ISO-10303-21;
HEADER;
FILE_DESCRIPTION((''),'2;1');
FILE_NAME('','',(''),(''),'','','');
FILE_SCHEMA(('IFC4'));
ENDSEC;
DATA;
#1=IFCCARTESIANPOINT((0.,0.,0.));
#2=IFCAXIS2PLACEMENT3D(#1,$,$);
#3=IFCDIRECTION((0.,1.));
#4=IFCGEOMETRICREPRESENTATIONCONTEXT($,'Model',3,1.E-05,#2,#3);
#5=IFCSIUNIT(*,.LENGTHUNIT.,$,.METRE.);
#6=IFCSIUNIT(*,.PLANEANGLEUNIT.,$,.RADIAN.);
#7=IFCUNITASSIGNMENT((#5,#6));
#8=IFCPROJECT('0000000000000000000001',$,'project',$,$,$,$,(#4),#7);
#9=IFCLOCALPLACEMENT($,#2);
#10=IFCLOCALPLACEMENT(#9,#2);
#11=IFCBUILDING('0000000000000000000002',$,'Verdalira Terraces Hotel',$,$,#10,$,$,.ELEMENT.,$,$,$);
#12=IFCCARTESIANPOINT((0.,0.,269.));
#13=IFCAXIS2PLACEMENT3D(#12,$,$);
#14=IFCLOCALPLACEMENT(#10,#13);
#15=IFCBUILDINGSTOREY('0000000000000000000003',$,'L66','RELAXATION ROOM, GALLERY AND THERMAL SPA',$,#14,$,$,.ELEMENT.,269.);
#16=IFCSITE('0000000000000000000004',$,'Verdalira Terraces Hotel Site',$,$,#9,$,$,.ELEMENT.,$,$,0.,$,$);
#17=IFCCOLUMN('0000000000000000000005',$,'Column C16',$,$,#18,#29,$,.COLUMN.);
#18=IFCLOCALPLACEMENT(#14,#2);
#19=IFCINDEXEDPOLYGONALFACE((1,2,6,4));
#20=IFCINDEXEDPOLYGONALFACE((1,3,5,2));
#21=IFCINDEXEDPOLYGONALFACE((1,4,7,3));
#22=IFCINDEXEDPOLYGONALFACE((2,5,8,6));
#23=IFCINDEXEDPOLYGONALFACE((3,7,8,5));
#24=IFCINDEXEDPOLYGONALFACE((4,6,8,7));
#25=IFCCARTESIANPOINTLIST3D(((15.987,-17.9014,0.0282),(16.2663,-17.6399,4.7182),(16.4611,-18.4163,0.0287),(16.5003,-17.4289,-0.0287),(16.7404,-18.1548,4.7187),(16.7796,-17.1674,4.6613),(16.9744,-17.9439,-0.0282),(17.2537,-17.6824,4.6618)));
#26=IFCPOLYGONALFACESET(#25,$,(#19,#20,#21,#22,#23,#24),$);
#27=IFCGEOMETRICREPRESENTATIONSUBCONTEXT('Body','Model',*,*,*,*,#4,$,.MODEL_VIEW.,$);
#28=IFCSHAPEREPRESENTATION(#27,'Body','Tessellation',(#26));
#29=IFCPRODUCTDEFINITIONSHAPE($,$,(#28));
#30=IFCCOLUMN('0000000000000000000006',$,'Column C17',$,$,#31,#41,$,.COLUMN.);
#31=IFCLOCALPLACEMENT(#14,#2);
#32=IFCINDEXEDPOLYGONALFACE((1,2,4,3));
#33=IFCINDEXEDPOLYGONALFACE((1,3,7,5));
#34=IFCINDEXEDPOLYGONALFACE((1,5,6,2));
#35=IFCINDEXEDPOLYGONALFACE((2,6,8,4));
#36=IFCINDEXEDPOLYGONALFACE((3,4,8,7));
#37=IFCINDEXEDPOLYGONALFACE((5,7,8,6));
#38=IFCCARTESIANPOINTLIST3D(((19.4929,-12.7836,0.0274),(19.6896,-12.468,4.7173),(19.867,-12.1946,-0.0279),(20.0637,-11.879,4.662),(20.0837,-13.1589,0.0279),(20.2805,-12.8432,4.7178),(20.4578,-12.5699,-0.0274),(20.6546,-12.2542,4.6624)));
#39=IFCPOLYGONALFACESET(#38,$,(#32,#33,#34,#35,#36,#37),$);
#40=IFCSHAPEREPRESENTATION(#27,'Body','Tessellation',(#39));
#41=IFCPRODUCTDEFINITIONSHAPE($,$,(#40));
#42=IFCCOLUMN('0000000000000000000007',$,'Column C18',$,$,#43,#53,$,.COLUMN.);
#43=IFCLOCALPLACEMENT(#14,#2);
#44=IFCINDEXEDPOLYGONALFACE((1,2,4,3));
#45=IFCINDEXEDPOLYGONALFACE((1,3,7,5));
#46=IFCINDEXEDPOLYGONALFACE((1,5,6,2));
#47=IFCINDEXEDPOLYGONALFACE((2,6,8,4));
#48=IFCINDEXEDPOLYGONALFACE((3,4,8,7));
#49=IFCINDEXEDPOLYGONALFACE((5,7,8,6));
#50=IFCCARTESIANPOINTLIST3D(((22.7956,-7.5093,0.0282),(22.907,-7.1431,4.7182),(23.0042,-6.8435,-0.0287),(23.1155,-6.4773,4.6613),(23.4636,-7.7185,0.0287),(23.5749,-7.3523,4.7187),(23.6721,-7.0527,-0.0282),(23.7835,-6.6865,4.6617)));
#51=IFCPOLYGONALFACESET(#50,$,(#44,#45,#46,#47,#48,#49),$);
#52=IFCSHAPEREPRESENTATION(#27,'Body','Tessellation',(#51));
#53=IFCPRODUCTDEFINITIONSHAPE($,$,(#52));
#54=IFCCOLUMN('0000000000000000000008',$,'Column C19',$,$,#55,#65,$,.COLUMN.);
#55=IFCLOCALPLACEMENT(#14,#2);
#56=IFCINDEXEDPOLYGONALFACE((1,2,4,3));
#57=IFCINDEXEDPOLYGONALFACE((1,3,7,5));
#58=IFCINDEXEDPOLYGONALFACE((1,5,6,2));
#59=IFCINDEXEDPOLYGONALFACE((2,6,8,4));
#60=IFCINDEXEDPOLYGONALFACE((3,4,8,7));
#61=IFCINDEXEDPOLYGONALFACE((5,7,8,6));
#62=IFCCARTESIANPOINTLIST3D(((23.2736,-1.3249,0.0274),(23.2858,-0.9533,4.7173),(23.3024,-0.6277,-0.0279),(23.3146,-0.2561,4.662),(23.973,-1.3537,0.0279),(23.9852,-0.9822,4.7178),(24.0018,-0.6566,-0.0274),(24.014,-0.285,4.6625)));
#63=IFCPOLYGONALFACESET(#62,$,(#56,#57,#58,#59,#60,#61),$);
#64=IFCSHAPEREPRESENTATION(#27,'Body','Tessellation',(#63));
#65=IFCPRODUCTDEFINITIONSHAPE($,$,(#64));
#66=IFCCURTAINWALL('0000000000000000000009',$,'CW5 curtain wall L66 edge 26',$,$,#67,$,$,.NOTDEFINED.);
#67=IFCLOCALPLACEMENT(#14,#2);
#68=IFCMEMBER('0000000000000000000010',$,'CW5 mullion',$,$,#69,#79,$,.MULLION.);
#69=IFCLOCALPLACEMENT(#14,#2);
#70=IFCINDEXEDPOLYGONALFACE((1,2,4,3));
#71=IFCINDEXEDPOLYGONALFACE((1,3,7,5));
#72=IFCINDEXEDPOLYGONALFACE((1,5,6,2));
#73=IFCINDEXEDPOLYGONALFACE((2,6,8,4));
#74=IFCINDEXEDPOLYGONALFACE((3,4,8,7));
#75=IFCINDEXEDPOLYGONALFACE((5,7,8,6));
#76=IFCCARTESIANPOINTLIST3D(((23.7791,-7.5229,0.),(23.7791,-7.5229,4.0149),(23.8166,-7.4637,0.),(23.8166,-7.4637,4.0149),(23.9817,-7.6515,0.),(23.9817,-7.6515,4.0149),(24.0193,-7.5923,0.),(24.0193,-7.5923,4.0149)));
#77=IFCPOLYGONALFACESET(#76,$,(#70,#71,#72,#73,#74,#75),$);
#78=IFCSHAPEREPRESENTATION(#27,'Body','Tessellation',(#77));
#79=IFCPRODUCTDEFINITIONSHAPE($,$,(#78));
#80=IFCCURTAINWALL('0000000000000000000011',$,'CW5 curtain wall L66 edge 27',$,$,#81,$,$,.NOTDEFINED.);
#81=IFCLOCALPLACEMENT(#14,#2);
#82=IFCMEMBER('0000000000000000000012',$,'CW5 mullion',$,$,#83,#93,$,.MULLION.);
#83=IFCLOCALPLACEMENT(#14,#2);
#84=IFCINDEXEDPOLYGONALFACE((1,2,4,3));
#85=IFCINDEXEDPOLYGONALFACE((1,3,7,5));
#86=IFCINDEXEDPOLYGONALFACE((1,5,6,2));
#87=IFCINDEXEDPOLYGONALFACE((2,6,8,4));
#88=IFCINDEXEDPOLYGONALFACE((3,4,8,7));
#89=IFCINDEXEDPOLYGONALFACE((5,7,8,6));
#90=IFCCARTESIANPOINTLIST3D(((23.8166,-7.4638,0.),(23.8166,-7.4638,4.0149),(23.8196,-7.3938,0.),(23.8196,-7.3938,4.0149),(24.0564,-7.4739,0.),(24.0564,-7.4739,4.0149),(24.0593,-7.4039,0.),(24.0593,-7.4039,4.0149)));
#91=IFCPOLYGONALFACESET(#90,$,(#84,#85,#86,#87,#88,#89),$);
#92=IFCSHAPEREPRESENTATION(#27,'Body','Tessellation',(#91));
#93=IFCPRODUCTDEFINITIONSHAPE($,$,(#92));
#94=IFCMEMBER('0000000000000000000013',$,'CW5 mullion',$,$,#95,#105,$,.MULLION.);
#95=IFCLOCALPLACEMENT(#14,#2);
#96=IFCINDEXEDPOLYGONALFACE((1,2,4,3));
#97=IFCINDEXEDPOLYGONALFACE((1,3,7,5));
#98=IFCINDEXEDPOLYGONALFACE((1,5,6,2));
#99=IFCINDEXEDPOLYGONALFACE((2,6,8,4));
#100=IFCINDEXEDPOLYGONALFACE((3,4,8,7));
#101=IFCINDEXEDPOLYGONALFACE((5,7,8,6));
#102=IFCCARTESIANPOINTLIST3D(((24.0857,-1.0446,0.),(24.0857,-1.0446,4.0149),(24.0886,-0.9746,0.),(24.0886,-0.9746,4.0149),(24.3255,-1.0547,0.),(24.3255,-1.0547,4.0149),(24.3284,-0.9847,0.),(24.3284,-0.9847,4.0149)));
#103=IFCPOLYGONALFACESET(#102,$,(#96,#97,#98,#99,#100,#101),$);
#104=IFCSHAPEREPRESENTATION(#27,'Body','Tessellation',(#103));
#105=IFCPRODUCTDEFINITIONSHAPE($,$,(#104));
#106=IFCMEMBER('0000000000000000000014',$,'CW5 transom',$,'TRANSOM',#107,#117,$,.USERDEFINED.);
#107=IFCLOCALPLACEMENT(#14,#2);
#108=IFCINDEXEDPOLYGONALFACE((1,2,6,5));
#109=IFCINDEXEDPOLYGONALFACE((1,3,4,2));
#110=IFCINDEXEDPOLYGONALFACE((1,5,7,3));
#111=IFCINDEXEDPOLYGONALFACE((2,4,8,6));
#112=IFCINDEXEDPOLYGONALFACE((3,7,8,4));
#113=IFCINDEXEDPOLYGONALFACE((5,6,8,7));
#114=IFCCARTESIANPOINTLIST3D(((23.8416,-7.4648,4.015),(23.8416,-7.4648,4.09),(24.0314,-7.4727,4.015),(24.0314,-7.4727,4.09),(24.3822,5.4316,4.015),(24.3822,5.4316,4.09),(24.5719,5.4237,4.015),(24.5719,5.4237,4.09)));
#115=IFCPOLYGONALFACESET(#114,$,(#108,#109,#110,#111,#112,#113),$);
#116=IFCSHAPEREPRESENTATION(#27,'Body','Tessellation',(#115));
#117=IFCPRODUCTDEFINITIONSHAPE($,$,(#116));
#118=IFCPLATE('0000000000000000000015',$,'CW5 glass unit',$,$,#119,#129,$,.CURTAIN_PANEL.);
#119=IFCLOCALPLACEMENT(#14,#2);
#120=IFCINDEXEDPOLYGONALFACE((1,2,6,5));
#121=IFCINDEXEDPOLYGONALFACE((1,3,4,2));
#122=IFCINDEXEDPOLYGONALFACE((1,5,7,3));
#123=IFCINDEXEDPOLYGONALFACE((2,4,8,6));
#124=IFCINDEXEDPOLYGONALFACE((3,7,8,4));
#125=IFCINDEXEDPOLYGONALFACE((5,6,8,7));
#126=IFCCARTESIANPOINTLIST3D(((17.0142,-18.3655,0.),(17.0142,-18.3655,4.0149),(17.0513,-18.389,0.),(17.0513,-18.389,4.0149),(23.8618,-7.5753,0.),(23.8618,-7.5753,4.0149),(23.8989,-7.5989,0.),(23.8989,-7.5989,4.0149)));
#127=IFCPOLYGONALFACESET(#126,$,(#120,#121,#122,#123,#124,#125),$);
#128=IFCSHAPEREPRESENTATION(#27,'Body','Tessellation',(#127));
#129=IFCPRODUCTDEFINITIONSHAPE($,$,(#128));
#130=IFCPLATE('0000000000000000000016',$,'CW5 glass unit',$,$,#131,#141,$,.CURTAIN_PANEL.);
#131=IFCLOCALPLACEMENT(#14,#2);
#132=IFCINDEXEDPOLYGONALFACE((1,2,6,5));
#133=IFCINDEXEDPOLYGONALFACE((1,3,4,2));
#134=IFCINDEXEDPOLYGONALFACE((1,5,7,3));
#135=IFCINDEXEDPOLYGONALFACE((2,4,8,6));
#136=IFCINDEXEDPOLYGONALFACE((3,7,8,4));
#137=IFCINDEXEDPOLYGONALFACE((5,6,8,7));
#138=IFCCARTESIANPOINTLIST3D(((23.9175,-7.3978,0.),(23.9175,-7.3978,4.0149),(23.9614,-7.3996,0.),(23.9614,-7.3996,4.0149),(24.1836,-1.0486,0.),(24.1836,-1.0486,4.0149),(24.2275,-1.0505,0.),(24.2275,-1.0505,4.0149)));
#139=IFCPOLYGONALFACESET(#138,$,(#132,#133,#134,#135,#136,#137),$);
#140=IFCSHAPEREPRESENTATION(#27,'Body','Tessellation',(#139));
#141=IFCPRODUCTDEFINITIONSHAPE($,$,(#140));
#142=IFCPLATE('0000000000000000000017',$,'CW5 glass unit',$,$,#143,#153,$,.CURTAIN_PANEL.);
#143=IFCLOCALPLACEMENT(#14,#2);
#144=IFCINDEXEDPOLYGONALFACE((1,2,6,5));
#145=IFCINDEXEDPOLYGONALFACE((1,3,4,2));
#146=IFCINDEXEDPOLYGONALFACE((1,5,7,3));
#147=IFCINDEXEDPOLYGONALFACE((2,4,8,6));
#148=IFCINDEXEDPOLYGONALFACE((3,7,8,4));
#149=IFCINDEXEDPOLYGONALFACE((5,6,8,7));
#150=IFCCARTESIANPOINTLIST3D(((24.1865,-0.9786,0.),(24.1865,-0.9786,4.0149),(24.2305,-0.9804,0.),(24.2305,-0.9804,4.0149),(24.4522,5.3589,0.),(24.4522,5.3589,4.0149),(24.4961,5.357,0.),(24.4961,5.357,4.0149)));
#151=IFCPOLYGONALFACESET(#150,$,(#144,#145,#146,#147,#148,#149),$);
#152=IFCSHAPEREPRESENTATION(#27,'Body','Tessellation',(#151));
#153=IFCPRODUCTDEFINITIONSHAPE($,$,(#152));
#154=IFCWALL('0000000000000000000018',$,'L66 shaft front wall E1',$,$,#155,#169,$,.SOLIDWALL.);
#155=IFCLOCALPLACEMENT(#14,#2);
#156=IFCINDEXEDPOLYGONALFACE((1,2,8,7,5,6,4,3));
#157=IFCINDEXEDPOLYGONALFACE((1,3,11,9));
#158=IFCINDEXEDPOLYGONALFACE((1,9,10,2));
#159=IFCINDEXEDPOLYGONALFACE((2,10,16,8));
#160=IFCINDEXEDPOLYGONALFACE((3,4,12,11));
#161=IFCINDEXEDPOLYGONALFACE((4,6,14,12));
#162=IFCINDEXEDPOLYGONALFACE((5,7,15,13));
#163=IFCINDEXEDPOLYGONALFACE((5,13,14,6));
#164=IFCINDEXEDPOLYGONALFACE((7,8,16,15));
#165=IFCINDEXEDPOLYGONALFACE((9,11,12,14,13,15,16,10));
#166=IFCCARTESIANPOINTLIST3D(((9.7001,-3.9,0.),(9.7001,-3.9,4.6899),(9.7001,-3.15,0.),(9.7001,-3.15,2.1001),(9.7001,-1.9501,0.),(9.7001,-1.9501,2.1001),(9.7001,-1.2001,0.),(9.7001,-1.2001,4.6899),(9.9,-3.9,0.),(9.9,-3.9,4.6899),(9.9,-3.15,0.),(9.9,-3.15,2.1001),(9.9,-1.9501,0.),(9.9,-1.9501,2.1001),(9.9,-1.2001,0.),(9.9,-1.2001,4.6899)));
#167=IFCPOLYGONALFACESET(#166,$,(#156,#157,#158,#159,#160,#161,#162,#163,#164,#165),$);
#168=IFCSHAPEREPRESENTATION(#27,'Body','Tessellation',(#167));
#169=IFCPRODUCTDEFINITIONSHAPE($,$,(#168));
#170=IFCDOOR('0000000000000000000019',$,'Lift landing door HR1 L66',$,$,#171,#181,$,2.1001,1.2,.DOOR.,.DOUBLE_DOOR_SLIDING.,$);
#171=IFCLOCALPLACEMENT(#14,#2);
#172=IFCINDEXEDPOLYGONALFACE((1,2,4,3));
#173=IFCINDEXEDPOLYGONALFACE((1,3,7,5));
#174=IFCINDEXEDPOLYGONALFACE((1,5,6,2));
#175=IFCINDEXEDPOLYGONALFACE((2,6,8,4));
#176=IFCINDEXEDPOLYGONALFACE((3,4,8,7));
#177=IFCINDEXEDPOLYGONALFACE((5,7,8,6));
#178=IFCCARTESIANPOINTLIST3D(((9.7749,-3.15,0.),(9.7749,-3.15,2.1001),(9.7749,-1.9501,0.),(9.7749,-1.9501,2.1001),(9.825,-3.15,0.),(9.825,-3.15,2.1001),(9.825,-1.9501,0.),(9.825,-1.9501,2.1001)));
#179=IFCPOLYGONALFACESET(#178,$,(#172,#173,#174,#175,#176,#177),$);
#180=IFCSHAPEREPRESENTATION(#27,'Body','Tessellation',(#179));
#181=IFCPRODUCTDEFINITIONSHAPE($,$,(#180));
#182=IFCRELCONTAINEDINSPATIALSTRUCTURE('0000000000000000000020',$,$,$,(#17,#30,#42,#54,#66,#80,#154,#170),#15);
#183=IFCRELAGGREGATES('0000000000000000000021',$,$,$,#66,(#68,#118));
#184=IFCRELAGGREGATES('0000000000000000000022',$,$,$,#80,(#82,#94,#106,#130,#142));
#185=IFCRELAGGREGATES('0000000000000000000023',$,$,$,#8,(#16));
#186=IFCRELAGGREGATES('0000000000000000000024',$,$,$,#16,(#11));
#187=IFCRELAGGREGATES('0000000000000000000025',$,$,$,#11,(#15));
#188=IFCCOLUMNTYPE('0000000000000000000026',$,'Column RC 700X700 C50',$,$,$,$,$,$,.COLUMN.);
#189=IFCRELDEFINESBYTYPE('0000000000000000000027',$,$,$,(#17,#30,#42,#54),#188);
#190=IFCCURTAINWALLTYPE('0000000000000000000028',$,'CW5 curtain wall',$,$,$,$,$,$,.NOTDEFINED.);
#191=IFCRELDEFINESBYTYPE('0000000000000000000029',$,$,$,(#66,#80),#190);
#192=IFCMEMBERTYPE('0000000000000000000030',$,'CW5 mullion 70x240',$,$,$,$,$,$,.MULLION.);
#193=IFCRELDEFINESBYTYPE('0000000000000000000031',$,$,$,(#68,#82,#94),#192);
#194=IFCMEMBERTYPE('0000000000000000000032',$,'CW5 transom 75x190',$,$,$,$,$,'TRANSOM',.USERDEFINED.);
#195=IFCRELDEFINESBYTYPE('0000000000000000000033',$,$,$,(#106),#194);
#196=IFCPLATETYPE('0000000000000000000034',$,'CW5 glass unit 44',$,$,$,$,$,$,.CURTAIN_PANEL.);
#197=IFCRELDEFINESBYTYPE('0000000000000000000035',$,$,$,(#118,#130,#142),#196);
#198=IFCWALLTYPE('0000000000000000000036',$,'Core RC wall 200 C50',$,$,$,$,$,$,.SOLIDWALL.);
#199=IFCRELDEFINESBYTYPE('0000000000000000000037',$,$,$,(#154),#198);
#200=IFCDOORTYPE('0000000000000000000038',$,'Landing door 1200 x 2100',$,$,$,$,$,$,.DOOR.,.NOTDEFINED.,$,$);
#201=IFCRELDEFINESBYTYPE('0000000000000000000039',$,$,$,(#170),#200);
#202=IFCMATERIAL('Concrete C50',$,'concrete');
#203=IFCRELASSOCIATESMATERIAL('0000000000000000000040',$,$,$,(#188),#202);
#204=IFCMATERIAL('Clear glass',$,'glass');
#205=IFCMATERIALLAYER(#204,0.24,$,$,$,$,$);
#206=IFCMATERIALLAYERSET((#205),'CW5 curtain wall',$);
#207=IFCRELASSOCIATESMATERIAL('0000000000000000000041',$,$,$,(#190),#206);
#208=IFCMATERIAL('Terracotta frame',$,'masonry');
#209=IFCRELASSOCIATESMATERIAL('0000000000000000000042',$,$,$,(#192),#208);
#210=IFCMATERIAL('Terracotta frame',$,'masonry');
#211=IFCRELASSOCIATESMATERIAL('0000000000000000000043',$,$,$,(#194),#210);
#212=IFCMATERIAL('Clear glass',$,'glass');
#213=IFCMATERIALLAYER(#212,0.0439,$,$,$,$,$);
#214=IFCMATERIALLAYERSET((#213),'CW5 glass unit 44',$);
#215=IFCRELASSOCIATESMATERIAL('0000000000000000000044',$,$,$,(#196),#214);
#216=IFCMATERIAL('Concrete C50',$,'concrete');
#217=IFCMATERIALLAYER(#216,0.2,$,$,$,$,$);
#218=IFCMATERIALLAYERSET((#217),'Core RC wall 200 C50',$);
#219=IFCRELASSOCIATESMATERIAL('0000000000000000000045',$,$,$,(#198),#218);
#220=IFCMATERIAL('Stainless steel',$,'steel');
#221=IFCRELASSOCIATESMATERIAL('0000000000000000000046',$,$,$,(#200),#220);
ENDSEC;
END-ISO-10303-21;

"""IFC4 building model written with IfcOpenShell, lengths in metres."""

from ifc_helpers import new_model, si_unit, direction, frame, frame_2d, origin, origin_2d, place, context, subcontext, project, spatial, rectangle, extrude, material, layer, layer_set, material_profile, profile_set, type_object, element, fill, aggregate, save


model = new_model("IFC4")

# Units and contexts
model_context = context("Model", 3, precision=1e-05, world=origin(), true_north=direction((0.0, 1.0)))
body_context = subcontext(model_context, "Body", "Model", "MODEL_VIEW")
ifc_project = project(units=[si_unit("LENGTHUNIT", "METRE"), si_unit("PLANEANGLEUNIT", "RADIAN")], contexts=[model_context])

# Site, building, storey
site_placement = place(None, origin())
site = spatial("IfcSite", under=ifc_project, at=site_placement, Name="Verdalira Terraces Hotel Site", CompositionType="ELEMENT", RefElevation=0.0)
building_placement = place(site_placement, origin())
building = spatial("IfcBuilding", under=site, at=building_placement, Name="Verdalira Terraces Hotel", CompositionType="ELEMENT")
storey_placement = place(building_placement, frame((0.0, 0.0, 269.0)))
storey = spatial("IfcBuildingStorey", under=building, at=storey_placement, Name="L66", Description="RELAXATION ROOM, GALLERY AND THERMAL SPA", CompositionType="ELEMENT", Elevation=269.0)

# Columns
ifc_material_1 = material(Name="Concrete C50", Category="concrete")
ifc_material_profile_1 = material_profile(ifc_material_1, rectangle(XDim=0.7, YDim=0.7, at=origin_2d()), Name="RC 700X700")
ifc_profile_set_1 = profile_set([ifc_material_profile_1], Name="Concrete C50")
column_type = type_object("IfcColumnType", Name="Column RC 700X700 C50", PredefinedType="COLUMN", material=ifc_profile_set_1)
column_1_placement = place(storey_placement, frame((16.4807, -17.9226, 0.0), z_axis=(0.059355, 0.055568, 0.996689), x_axis=(-0.733316, -0.675009, 0.081304)))
element("IfcColumn", 1, at=column_1_placement, inside=storey, type_object=column_type, Name="Column C16", PredefinedType="COLUMN", context=body_context, shape_type="SweptSolid", body=[
    extrude(rectangle(XDim=0.7, YDim=0.7, at=origin_2d()), origin(), (0.0, 0.0, 1.0), 4.7056),
])
column_2_placement = place(storey_placement, frame((19.9753, -12.6768, 0.0), z_axis=(0.041826, 0.067098, 0.996869), x_axis=(0.534452, 0.841492, -0.079064)))
element("IfcColumn", 2, at=column_2_placement, inside=storey, type_object=column_type, Name="Column C17", PredefinedType="COLUMN", context=body_context, shape_type="SweptSolid", body=[
    extrude(rectangle(XDim=0.7, YDim=0.7, at=origin_2d()), origin(), (0.0, 0.0, 1.0), 4.7046),
])
column_3_placement = place(storey_placement, frame((23.2339, -7.281, 0.0), z_axis=(0.023659, 0.077826, 0.996686), x_axis=(-0.297925, -0.951118, 0.081339)))
element("IfcColumn", 3, at=column_3_placement, inside=storey, type_object=column_type, Name="Column C18", PredefinedType="COLUMN", context=body_context, shape_type="SweptSolid", body=[
    extrude(rectangle(XDim=0.7, YDim=0.7, at=origin_2d()), origin(), (0.0, 0.0, 1.0), 4.7056),
])
column_4_placement = place(storey_placement, frame((23.6377, -0.9907, 0.0), z_axis=(0.002595, 0.078982, 0.996873), x_axis=(0.041129, 0.996024, -0.079022)))
element("IfcColumn", 4, at=column_4_placement, inside=storey, type_object=column_type, Name="Column C19", PredefinedType="COLUMN", context=body_context, shape_type="SweptSolid", body=[
    extrude(rectangle(XDim=0.7, YDim=0.7, at=origin_2d()), origin(), (0.0, 0.0, 1.0), 4.7046),
])

# Curtain wall, member
ifc_material_2 = material(Name="Clear glass", Category="glass")
ifc_layer_1 = layer(ifc_material_2, 0.24)
ifc_layer_set_1 = layer_set([ifc_layer_1], Name="CW5 curtain wall")
curtain_wall_type = type_object("IfcCurtainWallType", Name="CW5 curtain wall", PredefinedType="NOTDEFINED", material=ifc_layer_set_1)
curtain_wall_1_placement = place(storey_placement, origin())
curtain_wall_1 = element("IfcCurtainWall", 5, at=curtain_wall_1_placement, inside=storey, type_object=curtain_wall_type, Name="CW5 curtain wall L66 edge 26", PredefinedType="NOTDEFINED")
ifc_material_3 = material(Name="Terracotta frame", Category="masonry")
ifc_material_profile_2 = material_profile(ifc_material_3, rectangle(XDim=0.0701, YDim=0.24, at=origin_2d()), Name="MU 70x240")
ifc_profile_set_2 = profile_set([ifc_material_profile_2], Name="Terracotta frame")
member_type_1 = type_object("IfcMemberType", Name="CW5 mullion 70x240", PredefinedType="MULLION", material=ifc_profile_set_2)
member_1_placement = place(storey_placement, frame((23.8992, -7.5576, 0.0), z_axis=(0.0, 0.0, 1.0), x_axis=(0.535827, 0.844328, 0.0)))
member_1 = element("IfcMember", 6, at=member_1_placement, type_object=member_type_1, Name="CW5 mullion", PredefinedType="MULLION", context=body_context, shape_type="SweptSolid", body=[
    extrude(rectangle(XDim=0.0701, YDim=0.24, at=origin_2d()), origin(), (0.0, 0.0, 1.0), 4.0149),
])

# Curtain wall, members
curtain_wall_2_placement = place(storey_placement, origin())
curtain_wall_2 = element("IfcCurtainWall", 7, at=curtain_wall_2_placement, inside=storey, type_object=curtain_wall_type, Name="CW5 curtain wall L66 edge 27", PredefinedType="NOTDEFINED")
member_2_placement = place(storey_placement, frame((23.938, -7.4338, 0.0), z_axis=(0.0, 0.0, 1.0), x_axis=(0.041876, 0.999123, 0.0)))
member_2 = element("IfcMember", 8, at=member_2_placement, type_object=member_type_1, Name="CW5 mullion", PredefinedType="MULLION", context=body_context, shape_type="SweptSolid", body=[
    extrude(rectangle(XDim=0.0701, YDim=0.24, at=origin_2d()), origin(), (0.0, 0.0, 1.0), 4.0149),
])
member_3_placement = place(storey_placement, frame((24.207, -1.0146, 0.0), z_axis=(0.0, 0.0, 1.0), x_axis=(0.041876, 0.999123, 0.0)))
member_3 = element("IfcMember", 9, at=member_3_placement, type_object=member_type_1, Name="CW5 mullion", PredefinedType="MULLION", context=body_context, shape_type="SweptSolid", body=[
    extrude(rectangle(XDim=0.0701, YDim=0.24, at=origin_2d()), origin(), (0.0, 0.0, 1.0), 4.0149),
])
ifc_material_4 = material(Name="Terracotta frame", Category="masonry")
ifc_material_profile_3 = material_profile(ifc_material_4, rectangle(XDim=0.1899, YDim=0.075, at=origin_2d()), Name="TR 75x190")
ifc_profile_set_3 = profile_set([ifc_material_profile_3], Name="Terracotta frame")
member_type_2 = type_object("IfcMemberType", Name="CW5 transom 75x190", ElementType="TRANSOM", PredefinedType="USERDEFINED", material=ifc_profile_set_3)
member_4_placement = place(storey_placement, frame((23.9365, -7.4688, 4.0525), z_axis=(0.041876, 0.999123, 0.0), x_axis=(-0.999123, 0.041876, 0.0)))
member_4 = element("IfcMember", 10, at=member_4_placement, type_object=member_type_2, Name="CW5 transom", ObjectType="TRANSOM", PredefinedType="USERDEFINED", context=body_context, shape_type="SweptSolid", body=[
    extrude(rectangle(XDim=0.1899, YDim=0.075, at=origin_2d()), origin(), (0.0, 0.0, 1.0), 12.9077),
])

# Plates
ifc_material_5 = material(Name="Clear glass", Category="glass")
ifc_layer_2 = layer(ifc_material_5, 0.0439)
ifc_layer_set_2 = layer_set([ifc_layer_2], Name="CW5 glass unit 44")
plate_type = type_object("IfcPlateType", Name="CW5 glass unit 44", PredefinedType="CURTAIN_PANEL", material=ifc_layer_set_2)
plate_1_placement = place(storey_placement, frame((20.4565, -12.9822, 0.0), z_axis=(0.0, 0.0, 1.0), x_axis=(0.535827, 0.844328, 0.0)))
plate_1 = element("IfcPlate", 11, at=plate_1_placement, type_object=plate_type, Name="CW5 glass unit", PredefinedType="CURTAIN_PANEL", context=body_context, shape_type="SweptSolid", body=[
    extrude(rectangle(XDim=12.7795, YDim=0.0439, at=origin_2d()), origin(), (0.0, 0.0, 1.0), 4.0149),
])
aggregate(curtain_wall_1, [member_1, plate_1])
plate_2_placement = place(storey_placement, frame((24.0725, -4.2241, 0.0), z_axis=(0.0, 0.0, 1.0), x_axis=(0.041876, 0.999123, 0.0)))
plate_2 = element("IfcPlate", 12, at=plate_2_placement, type_object=plate_type, Name="CW5 glass unit", PredefinedType="CURTAIN_PANEL", context=body_context, shape_type="SweptSolid", body=[
    extrude(rectangle(XDim=6.3547, YDim=0.0439, at=origin_2d()), origin(), (0.0, 0.0, 1.0), 4.0149),
])
plate_3_placement = place(storey_placement, frame((24.3413, 2.1892, 0.0), z_axis=(0.0, 0.0, 1.0), x_axis=(0.041876, 0.999123, 0.0)))
plate_3 = element("IfcPlate", 13, at=plate_3_placement, type_object=plate_type, Name="CW5 glass unit", PredefinedType="CURTAIN_PANEL", context=body_context, shape_type="SweptSolid", body=[
    extrude(rectangle(XDim=6.343, YDim=0.0439, at=origin_2d()), origin(), (0.0, 0.0, 1.0), 4.0149),
])
aggregate(curtain_wall_2, [member_2, member_3, member_4, plate_2, plate_3])

# Wall, opening, door
ifc_material_6 = material(Name="Concrete C50", Category="concrete")
ifc_layer_3 = layer(ifc_material_6, 0.2)
ifc_layer_set_3 = layer_set([ifc_layer_3], Name="Core RC wall 200 C50")
wall_type_1 = type_object("IfcWallType", Name="Core RC wall 200 C50", PredefinedType="SOLIDWALL", material=ifc_layer_set_3)
wall_1_placement = place(storey_placement, frame((9.8, -1.2, 0.0), z_axis=(0.0, 0.0, 1.0), x_axis=(0.0, -1.0, 0.0)))
wall_1 = element("IfcWall", 14, at=wall_1_placement, inside=storey, type_object=wall_type_1, Name="L66 shaft front wall E1", PredefinedType="SOLIDWALL", context=body_context, shape_type="SweptSolid", body=[
    extrude(rectangle(XDim=2.7, YDim=0.2, at=frame_2d((1.3501, 0.0))), origin(), (0.0, 0.0, 1.0), 4.6899),
])
opening_1_placement = place(wall_1_placement, frame((0.75, 0.0, 0.0)))
opening_1 = element("IfcOpeningElement", 15, at=opening_1_placement, cuts=wall_1, PredefinedType="OPENING", context=body_context, shape_type="SweptSolid", body=[
    extrude(rectangle(XDim=1.2, YDim=2.1001, at=frame_2d((0.6001, 1.05))), frame((0.0, 0.1099, 0.0), z_axis=(0.0, -1.0, 0.0), x_axis=(1.0, 0.0, 0.0)), (0.0, 0.0, 1.0), 0.22),
])
ifc_material_7 = material(Name="Stainless steel", Category="steel")
door_type_1 = type_object("IfcDoorType", Name="Landing door 1200 x 2100", OperationType="NOTDEFINED", PredefinedType="DOOR", material=ifc_material_7)
door_1_placement = place(opening_1_placement, origin())
door_1 = element("IfcDoor", 16, at=door_1_placement, inside=storey, type_object=door_type_1, Name="Lift landing door HR1 L66", OperationType="DOUBLE_DOOR_SLIDING", OverallHeight=2.1001, OverallWidth=1.2, PredefinedType="DOOR", context=body_context, shape_type="SweptSolid", body=[
    extrude(rectangle(XDim=1.2, YDim=2.1001, at=frame_2d((0.6001, 1.05))), frame((0.0, 0.0249, 0.0), z_axis=(0.0, -1.0, 0.0), x_axis=(1.0, 0.0, 0.0)), (0.0, 0.0, 1.0), 0.05),
])
fill(opening_1, door_1)

save(model, "model.ifc")
